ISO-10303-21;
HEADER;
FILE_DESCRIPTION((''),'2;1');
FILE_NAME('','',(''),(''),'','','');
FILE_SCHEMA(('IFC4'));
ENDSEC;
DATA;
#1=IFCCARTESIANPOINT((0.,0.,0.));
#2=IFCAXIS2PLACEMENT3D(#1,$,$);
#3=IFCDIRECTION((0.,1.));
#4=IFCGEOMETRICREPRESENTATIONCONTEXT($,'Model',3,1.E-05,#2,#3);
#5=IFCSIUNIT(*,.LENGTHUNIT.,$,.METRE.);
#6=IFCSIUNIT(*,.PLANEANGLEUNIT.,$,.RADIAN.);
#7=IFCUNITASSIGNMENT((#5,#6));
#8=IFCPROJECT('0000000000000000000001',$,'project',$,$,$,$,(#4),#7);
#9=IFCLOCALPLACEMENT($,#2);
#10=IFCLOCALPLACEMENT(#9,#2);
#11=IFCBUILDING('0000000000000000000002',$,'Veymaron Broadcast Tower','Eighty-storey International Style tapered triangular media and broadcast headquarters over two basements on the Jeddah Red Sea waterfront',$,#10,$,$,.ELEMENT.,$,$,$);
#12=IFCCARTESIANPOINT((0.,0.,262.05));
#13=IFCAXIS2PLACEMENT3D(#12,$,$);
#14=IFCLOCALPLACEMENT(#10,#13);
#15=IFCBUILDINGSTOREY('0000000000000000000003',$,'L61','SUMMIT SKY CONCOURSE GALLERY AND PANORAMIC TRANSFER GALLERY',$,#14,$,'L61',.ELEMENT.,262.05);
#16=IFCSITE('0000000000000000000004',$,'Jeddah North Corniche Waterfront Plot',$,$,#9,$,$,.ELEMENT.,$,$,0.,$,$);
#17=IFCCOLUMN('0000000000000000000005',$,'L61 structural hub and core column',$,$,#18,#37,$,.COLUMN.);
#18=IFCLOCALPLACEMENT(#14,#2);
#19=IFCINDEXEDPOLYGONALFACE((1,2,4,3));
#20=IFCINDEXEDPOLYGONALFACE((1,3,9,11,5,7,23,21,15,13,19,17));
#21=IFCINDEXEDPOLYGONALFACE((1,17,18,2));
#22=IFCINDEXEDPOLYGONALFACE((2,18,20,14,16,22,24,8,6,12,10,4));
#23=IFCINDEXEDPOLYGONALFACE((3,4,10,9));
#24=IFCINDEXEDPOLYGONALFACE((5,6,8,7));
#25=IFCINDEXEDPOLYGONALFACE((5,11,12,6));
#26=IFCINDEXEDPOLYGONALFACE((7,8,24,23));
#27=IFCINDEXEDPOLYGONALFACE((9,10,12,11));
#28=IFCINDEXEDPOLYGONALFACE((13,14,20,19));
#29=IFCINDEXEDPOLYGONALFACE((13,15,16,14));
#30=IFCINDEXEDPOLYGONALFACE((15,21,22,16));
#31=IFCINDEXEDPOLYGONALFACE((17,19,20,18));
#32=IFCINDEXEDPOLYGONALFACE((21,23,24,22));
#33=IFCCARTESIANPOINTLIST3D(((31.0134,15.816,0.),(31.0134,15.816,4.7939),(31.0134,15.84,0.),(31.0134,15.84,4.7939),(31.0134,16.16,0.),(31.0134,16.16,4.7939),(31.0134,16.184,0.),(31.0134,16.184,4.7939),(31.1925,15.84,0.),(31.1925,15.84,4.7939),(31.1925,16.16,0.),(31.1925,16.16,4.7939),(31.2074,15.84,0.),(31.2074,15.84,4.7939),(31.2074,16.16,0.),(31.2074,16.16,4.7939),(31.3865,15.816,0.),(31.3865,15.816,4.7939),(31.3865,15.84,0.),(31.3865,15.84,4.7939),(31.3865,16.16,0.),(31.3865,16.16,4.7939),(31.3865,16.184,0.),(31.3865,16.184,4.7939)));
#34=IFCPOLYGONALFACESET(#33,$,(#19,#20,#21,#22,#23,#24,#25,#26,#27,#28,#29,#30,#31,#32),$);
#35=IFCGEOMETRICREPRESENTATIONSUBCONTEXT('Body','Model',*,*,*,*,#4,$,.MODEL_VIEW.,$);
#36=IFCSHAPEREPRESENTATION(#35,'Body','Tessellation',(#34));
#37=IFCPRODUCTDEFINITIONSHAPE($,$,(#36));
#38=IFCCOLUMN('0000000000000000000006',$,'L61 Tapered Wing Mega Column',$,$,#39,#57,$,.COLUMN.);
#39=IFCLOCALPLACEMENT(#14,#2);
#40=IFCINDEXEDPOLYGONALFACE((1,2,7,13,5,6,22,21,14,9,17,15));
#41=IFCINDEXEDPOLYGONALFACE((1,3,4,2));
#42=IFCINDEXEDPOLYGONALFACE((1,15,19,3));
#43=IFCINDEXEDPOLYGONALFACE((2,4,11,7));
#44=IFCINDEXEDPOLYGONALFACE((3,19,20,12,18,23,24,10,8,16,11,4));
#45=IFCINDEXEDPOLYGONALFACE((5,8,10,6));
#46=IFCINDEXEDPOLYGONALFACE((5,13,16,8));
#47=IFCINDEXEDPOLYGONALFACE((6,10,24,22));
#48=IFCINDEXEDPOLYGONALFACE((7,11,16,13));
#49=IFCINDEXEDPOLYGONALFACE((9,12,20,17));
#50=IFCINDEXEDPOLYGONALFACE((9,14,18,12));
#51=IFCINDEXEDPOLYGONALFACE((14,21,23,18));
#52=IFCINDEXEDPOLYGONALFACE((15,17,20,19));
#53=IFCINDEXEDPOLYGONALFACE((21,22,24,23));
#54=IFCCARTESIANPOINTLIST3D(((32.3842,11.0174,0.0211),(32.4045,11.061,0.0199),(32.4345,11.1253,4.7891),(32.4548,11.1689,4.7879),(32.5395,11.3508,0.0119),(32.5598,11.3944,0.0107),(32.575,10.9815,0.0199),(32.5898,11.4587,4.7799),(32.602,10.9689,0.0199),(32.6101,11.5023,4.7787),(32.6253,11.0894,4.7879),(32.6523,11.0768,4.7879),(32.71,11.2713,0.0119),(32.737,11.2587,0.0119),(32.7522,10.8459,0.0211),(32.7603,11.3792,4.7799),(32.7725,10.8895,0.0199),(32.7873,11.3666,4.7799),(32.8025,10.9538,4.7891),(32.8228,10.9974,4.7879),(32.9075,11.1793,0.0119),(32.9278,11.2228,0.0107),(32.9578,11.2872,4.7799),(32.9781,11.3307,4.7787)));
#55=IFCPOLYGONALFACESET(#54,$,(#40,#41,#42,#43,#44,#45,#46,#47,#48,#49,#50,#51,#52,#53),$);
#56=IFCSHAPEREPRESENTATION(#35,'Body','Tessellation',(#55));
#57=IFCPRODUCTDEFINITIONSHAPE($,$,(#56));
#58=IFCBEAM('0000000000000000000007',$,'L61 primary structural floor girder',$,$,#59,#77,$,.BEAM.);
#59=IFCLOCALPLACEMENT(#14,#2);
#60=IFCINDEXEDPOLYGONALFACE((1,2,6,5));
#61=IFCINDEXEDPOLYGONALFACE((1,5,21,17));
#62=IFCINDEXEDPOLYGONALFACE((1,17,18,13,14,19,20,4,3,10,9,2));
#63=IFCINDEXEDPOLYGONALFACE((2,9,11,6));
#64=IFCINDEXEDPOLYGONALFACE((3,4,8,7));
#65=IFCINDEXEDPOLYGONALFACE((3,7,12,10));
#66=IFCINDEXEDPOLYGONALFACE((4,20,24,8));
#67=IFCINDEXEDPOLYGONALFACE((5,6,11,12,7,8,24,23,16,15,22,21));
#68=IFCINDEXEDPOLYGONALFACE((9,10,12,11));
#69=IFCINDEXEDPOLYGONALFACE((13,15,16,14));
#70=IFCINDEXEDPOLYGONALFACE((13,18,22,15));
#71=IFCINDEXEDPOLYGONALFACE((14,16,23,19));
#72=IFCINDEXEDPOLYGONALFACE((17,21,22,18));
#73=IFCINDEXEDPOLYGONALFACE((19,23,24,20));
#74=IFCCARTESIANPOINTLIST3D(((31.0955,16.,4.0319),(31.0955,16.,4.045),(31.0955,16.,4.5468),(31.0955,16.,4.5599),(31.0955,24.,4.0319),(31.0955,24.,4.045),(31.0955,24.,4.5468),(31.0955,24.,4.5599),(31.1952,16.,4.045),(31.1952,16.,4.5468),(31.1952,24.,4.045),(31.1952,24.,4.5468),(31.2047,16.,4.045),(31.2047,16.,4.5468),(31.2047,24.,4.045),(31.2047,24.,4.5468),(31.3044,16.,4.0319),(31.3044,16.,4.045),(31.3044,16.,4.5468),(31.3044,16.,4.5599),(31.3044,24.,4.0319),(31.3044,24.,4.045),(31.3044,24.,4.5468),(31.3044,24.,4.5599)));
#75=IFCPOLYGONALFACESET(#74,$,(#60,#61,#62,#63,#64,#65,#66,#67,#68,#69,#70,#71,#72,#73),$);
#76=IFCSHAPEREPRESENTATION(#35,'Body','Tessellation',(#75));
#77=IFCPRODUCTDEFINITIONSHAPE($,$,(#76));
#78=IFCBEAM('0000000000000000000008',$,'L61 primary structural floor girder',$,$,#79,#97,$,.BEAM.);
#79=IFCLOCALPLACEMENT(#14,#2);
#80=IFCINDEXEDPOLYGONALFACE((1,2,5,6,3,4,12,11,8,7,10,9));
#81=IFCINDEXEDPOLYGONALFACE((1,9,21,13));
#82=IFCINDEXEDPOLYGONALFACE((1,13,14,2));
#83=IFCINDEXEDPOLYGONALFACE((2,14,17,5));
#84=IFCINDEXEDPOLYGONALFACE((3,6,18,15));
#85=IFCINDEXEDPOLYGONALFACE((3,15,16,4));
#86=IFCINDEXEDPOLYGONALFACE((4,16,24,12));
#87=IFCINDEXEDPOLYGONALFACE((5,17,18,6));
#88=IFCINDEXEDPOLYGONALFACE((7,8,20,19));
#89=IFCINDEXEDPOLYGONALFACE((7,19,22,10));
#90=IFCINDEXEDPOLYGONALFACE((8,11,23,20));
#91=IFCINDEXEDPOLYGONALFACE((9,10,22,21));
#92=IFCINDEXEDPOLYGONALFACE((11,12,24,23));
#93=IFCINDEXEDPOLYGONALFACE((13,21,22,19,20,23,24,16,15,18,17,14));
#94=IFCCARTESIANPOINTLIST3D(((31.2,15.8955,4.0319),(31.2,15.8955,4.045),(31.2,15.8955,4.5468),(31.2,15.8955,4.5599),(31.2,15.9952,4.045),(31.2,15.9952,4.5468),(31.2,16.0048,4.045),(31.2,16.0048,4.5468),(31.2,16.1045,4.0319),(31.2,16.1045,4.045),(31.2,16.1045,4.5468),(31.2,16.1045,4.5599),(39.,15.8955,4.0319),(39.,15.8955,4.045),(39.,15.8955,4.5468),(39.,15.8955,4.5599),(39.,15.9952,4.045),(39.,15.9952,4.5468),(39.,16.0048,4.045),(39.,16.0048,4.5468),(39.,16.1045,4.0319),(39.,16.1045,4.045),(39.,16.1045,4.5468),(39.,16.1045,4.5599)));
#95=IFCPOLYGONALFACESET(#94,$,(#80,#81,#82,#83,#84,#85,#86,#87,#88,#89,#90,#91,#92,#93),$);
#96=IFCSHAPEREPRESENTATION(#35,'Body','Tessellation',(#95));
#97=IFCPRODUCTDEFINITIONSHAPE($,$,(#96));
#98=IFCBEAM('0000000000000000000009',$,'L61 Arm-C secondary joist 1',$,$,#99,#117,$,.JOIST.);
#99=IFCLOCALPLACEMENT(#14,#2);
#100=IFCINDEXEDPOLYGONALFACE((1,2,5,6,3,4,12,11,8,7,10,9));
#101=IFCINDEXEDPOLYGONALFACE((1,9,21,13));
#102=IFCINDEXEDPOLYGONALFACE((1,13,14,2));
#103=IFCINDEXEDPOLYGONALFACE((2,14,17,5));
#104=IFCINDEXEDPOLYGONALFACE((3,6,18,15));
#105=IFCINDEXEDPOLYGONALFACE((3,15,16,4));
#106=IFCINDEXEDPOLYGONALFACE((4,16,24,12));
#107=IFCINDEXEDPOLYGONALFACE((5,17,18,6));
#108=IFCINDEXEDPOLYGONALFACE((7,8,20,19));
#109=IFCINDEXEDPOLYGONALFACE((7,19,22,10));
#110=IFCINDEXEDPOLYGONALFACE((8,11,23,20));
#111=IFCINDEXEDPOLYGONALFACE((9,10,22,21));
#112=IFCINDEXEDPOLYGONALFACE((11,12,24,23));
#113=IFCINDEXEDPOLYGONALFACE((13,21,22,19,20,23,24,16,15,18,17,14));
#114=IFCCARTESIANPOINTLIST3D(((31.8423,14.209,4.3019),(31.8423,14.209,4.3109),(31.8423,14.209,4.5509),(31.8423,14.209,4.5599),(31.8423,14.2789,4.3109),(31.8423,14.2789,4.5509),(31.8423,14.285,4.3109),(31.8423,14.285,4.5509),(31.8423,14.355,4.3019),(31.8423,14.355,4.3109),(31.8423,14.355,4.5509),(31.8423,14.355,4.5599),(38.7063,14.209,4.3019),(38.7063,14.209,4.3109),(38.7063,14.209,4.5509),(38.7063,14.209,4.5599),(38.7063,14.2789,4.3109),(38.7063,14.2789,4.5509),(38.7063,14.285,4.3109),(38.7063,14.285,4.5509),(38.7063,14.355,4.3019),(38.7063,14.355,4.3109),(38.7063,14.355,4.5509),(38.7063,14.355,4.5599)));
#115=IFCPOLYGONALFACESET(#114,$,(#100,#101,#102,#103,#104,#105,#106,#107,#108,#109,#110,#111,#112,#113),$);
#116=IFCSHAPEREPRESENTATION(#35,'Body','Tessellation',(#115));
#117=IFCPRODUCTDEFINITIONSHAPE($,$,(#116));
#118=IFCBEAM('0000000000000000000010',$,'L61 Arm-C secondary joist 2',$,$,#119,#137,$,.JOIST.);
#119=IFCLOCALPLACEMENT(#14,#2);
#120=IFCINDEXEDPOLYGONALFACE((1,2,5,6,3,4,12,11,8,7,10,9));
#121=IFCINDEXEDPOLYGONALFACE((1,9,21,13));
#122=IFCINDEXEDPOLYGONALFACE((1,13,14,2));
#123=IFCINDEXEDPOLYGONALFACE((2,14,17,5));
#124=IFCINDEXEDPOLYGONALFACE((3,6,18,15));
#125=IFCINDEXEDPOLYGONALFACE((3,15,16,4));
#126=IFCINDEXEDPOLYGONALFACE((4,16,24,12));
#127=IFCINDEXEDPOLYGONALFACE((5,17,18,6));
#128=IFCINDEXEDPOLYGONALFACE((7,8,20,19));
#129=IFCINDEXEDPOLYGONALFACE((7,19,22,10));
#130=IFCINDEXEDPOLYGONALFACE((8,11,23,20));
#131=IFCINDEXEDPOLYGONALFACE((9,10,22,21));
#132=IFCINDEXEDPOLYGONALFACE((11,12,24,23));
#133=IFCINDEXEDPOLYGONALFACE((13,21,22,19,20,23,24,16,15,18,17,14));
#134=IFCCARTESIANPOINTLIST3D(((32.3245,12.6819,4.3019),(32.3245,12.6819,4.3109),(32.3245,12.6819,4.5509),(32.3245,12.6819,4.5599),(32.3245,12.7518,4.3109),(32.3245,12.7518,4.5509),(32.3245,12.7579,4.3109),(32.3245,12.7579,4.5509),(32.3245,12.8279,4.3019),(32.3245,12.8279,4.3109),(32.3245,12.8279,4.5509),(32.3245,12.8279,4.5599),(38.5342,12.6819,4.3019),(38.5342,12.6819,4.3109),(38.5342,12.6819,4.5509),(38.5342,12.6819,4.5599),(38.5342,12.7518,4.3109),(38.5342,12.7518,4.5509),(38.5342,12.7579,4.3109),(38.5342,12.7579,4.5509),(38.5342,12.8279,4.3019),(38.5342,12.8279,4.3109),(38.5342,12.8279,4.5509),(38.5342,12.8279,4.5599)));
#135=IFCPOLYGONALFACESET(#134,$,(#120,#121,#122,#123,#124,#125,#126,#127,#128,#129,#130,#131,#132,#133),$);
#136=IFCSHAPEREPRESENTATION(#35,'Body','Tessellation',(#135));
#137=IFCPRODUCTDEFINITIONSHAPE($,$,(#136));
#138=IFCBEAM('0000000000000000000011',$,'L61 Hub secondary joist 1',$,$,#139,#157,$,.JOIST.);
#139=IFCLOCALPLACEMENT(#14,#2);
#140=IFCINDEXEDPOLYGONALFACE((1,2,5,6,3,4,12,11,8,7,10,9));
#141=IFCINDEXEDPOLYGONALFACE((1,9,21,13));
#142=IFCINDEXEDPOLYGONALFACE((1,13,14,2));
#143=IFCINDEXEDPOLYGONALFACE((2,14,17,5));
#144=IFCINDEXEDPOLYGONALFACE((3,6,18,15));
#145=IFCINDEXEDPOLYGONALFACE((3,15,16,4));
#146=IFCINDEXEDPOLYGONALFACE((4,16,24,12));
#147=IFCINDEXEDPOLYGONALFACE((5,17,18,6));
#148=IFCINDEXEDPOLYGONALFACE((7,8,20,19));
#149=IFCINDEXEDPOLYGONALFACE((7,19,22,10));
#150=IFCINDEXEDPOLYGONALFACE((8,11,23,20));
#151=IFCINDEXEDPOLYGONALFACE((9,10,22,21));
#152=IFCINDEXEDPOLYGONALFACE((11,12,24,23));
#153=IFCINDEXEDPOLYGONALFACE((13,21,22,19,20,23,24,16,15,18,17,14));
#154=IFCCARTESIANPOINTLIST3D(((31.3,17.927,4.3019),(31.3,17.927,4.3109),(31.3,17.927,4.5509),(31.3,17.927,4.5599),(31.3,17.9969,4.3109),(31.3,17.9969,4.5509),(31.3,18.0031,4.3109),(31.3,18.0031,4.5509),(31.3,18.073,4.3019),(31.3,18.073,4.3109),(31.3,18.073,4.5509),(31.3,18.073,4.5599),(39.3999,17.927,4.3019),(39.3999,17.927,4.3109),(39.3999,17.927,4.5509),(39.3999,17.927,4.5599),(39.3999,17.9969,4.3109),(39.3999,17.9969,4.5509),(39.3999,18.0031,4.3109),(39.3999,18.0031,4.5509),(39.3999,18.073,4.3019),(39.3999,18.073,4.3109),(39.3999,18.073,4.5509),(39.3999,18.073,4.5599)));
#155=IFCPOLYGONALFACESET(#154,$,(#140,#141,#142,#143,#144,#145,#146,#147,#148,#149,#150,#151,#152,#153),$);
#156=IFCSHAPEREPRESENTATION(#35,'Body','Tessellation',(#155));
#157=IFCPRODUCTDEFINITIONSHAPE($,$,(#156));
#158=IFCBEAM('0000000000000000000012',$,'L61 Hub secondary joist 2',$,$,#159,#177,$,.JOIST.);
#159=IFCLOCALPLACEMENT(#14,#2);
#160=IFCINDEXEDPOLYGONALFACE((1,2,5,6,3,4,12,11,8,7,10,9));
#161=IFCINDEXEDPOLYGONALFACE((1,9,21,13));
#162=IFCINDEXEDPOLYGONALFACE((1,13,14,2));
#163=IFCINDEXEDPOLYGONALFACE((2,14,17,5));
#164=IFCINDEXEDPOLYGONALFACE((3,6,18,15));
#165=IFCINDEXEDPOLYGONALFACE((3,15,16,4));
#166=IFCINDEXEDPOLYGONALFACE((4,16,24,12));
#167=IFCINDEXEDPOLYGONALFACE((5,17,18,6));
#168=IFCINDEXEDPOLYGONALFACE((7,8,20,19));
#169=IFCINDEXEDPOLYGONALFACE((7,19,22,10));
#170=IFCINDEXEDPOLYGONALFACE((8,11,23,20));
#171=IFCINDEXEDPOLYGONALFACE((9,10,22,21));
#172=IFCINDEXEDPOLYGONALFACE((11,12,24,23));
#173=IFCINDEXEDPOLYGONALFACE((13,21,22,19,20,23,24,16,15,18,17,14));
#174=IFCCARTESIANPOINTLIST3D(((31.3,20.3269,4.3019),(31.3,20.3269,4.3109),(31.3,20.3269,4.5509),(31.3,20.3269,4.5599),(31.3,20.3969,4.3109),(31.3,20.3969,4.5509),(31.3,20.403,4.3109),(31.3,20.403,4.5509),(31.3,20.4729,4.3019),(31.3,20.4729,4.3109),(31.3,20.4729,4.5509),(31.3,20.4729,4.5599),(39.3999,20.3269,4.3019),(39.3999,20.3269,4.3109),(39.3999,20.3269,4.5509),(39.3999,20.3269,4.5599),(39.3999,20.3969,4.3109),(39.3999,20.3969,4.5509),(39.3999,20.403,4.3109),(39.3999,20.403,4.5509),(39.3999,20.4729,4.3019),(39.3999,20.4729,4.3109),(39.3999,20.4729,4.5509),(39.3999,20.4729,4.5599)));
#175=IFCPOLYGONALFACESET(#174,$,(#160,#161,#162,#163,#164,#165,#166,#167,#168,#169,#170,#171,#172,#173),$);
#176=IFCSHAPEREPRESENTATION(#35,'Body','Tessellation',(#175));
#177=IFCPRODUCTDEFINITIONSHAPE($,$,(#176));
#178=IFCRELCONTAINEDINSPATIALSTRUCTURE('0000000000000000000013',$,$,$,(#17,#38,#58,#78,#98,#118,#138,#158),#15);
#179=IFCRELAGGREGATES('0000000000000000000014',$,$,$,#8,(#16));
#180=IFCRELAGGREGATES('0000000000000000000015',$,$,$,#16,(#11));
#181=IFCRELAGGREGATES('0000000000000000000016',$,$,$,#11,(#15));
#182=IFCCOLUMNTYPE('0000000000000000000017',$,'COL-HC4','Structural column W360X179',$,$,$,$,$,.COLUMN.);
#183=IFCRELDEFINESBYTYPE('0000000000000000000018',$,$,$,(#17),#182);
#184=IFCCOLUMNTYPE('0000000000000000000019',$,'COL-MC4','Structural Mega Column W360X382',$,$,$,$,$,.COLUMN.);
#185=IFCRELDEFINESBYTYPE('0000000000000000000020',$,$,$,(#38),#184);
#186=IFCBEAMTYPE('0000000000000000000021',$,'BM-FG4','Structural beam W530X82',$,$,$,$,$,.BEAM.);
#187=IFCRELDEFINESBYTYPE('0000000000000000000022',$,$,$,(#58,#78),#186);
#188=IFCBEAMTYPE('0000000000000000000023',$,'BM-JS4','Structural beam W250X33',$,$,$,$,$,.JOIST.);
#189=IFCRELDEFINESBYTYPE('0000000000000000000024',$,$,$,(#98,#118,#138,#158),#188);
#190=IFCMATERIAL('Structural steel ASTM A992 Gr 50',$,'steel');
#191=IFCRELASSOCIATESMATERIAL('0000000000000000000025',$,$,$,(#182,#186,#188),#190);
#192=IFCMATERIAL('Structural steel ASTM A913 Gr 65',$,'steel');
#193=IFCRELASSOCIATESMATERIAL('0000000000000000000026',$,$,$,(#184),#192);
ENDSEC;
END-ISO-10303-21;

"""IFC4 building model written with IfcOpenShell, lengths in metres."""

from ifc_helpers import new_model, si_unit, direction, frame, origin, origin_2d, place, context, subcontext, project, spatial, i_section, extrude, material, material_profile, profile_set, type_object, element, save


model = new_model("IFC4")

# Units and contexts
model_context = context("Model", 3, precision=1e-05, world=origin(), true_north=direction((0.0, 1.0)))
body_context = subcontext(model_context, "Body", "Model", "MODEL_VIEW")
ifc_project = project(units=[si_unit("LENGTHUNIT", "METRE"), si_unit("PLANEANGLEUNIT", "RADIAN")], contexts=[model_context])

# Site, building, storey
site_placement = place(None, origin())
site = spatial("IfcSite", under=ifc_project, at=site_placement, Name="Jeddah North Corniche Waterfront Plot", CompositionType="ELEMENT", RefElevation=0.0)
building_placement = place(site_placement, origin())
building = spatial("IfcBuilding", under=site, at=building_placement, Name="Veymaron Broadcast Tower", Description="Eighty-storey International Style tapered triangular media and broadcast headquarters over two basements on the Jeddah Red Sea waterfront", CompositionType="ELEMENT")
storey_placement = place(building_placement, frame((0.0, 0.0, 262.05)))
storey = spatial("IfcBuildingStorey", under=building, at=storey_placement, Name="L61", Description="SUMMIT SKY CONCOURSE GALLERY AND PANORAMIC TRANSFER GALLERY", LongName="L61", CompositionType="ELEMENT", Elevation=262.05)

# Columns
ifc_material_1 = material(Name="Structural steel ASTM A992 Gr 50", Category="steel")
ifc_material_profile_1 = material_profile(ifc_material_1, i_section(OverallWidth=0.373, OverallDepth=0.3679, WebThickness=0.0149, FlangeThickness=0.0239, at=origin_2d()), Name="W360X179")
ifc_profile_set_1 = profile_set([ifc_material_profile_1], Name="Structural steel ASTM A992 Gr 50")
column_type_1 = type_object("IfcColumnType", Name="COL-HC4", Description="Structural column W360X179", PredefinedType="COLUMN", material=ifc_profile_set_1)
column_1_placement = place(storey_placement, frame((31.2, 16.0, 0.0), z_axis=(0.0, 0.0, 1.0), x_axis=(1.0, 0.0, 0.0)))
element("IfcColumn", 1, at=column_1_placement, inside=storey, type_object=column_type_1, Name="L61 structural hub and core column", PredefinedType="COLUMN", context=body_context, shape_type="SweptSolid", body=[
    extrude(i_section(OverallWidth=0.373, OverallDepth=0.3679, WebThickness=0.0149, FlangeThickness=0.0239, at=origin_2d()), origin(), (0.0, 0.0, 1.0), 4.7939),
])
ifc_material_2 = material(Name="Structural steel ASTM A913 Gr 65", Category="steel")
ifc_material_profile_2 = material_profile(ifc_material_2, i_section(OverallWidth=0.406, OverallDepth=0.416, WebThickness=0.0298, FlangeThickness=0.0481, at=origin_2d()), Name="W360X382")
ifc_profile_set_2 = profile_set([ifc_material_profile_2], Name="Structural steel ASTM A913 Gr 65")
column_type_2 = type_object("IfcColumnType", Name="COL-MC4", Description="Structural Mega Column W360X382", PredefinedType="COLUMN", material=ifc_profile_set_2)
column_2_placement = place(storey_placement, frame((32.656, 11.1201, 0.0159), z_axis=(0.010545, 0.022625, 0.999688), x_axis=(-0.906393, 0.422436, 0.0)))
element("IfcColumn", 2, at=column_2_placement, inside=storey, type_object=column_type_2, Name="L61 Tapered Wing Mega Column", PredefinedType="COLUMN", context=body_context, shape_type="SweptSolid", body=[
    extrude(i_section(OverallWidth=0.406, OverallDepth=0.416, WebThickness=0.0298, FlangeThickness=0.0481, at=origin_2d()), origin(), (0.0, 0.0, 1.0), 4.7695),
])

# Beams
ifc_material_profile_3 = material_profile(ifc_material_1, i_section(OverallWidth=0.209, OverallDepth=0.5281, WebThickness=0.0095, FlangeThickness=0.0132, at=origin_2d()), Name="W530X82")
ifc_profile_set_3 = profile_set([ifc_material_profile_3], Name="Structural steel ASTM A992 Gr 50")
beam_type_1 = type_object("IfcBeamType", Name="BM-FG4", Description="Structural beam W530X82", PredefinedType="BEAM", material=ifc_profile_set_3)
beam_1_placement = place(storey_placement, frame((31.2, 16.0, 4.2959), z_axis=(0.0, 1.0, 0.0), x_axis=(-1.0, 0.0, 0.0)))
element("IfcBeam", 3, at=beam_1_placement, inside=storey, type_object=beam_type_1, Name="L61 primary structural floor girder", PredefinedType="BEAM", context=body_context, shape_type="SweptSolid", body=[
    extrude(i_section(OverallWidth=0.209, OverallDepth=0.5281, WebThickness=0.0095, FlangeThickness=0.0132, at=origin_2d()), origin(), (0.0, 0.0, 1.0), 8.0),
])
beam_2_placement = place(storey_placement, frame((31.2, 16.0, 4.2959), z_axis=(1.0, 0.0, 0.0), x_axis=(0.0, 1.0, 0.0)))
element("IfcBeam", 4, at=beam_2_placement, inside=storey, type_object=beam_type_1, Name="L61 primary structural floor girder", PredefinedType="BEAM", context=body_context, shape_type="SweptSolid", body=[
    extrude(i_section(OverallWidth=0.209, OverallDepth=0.5281, WebThickness=0.0095, FlangeThickness=0.0132, at=origin_2d()), origin(), (0.0, 0.0, 1.0), 7.8),
])
ifc_material_profile_4 = material_profile(ifc_material_1, i_section(OverallWidth=0.146, OverallDepth=0.2581, WebThickness=0.0061, FlangeThickness=0.009, at=origin_2d()), Name="W250X33")
ifc_profile_set_4 = profile_set([ifc_material_profile_4], Name="Structural steel ASTM A992 Gr 50")
beam_type_2 = type_object("IfcBeamType", Name="BM-JS4", Description="Structural beam W250X33", PredefinedType="JOIST", material=ifc_profile_set_4)
beam_3_placement = place(storey_placement, frame((31.8423, 14.282, 4.4309), z_axis=(1.0, 0.0, 0.0), x_axis=(0.0, 1.0, 0.0)))
element("IfcBeam", 5, at=beam_3_placement, inside=storey, type_object=beam_type_2, Name="L61 Arm-C secondary joist 1", PredefinedType="JOIST", context=body_context, shape_type="SweptSolid", body=[
    extrude(i_section(OverallWidth=0.146, OverallDepth=0.2581, WebThickness=0.0061, FlangeThickness=0.009, at=origin_2d()), origin(), (0.0, 0.0, 1.0), 6.864),
])
beam_4_placement = place(storey_placement, frame((32.3245, 12.7549, 4.4309), z_axis=(1.0, 0.0, 0.0), x_axis=(0.0, 1.0, 0.0)))
element("IfcBeam", 6, at=beam_4_placement, inside=storey, type_object=beam_type_2, Name="L61 Arm-C secondary joist 2", PredefinedType="JOIST", context=body_context, shape_type="SweptSolid", body=[
    extrude(i_section(OverallWidth=0.146, OverallDepth=0.2581, WebThickness=0.0061, FlangeThickness=0.009, at=origin_2d()), origin(), (0.0, 0.0, 1.0), 6.2097),
])
for number, where, z_axis, x_axis, name in (
    (7, (31.3, 18.0, 4.4309), (1.0, 0.0, 0.0), (0.0, 1.0, 0.0), "L61 Hub secondary joist 1"),
    (8, (31.3, 20.3999, 4.4309), (1.0, 0.0, 0.0), (0.0, 1.0, 0.0), "L61 Hub secondary joist 2"),
):
    element("IfcBeam", number, at=place(storey_placement, frame(where, z_axis=z_axis, x_axis=x_axis)), inside=storey, type_object=beam_type_2, Name=name, PredefinedType="JOIST", context=body_context, shape_type="SweptSolid", body=[
        extrude(i_section(OverallWidth=0.146, OverallDepth=0.2581, WebThickness=0.0061, FlangeThickness=0.009, at=origin_2d()), origin(), (0.0, 0.0, 1.0), 8.0999),
    ])

save(model, "model.ifc")
